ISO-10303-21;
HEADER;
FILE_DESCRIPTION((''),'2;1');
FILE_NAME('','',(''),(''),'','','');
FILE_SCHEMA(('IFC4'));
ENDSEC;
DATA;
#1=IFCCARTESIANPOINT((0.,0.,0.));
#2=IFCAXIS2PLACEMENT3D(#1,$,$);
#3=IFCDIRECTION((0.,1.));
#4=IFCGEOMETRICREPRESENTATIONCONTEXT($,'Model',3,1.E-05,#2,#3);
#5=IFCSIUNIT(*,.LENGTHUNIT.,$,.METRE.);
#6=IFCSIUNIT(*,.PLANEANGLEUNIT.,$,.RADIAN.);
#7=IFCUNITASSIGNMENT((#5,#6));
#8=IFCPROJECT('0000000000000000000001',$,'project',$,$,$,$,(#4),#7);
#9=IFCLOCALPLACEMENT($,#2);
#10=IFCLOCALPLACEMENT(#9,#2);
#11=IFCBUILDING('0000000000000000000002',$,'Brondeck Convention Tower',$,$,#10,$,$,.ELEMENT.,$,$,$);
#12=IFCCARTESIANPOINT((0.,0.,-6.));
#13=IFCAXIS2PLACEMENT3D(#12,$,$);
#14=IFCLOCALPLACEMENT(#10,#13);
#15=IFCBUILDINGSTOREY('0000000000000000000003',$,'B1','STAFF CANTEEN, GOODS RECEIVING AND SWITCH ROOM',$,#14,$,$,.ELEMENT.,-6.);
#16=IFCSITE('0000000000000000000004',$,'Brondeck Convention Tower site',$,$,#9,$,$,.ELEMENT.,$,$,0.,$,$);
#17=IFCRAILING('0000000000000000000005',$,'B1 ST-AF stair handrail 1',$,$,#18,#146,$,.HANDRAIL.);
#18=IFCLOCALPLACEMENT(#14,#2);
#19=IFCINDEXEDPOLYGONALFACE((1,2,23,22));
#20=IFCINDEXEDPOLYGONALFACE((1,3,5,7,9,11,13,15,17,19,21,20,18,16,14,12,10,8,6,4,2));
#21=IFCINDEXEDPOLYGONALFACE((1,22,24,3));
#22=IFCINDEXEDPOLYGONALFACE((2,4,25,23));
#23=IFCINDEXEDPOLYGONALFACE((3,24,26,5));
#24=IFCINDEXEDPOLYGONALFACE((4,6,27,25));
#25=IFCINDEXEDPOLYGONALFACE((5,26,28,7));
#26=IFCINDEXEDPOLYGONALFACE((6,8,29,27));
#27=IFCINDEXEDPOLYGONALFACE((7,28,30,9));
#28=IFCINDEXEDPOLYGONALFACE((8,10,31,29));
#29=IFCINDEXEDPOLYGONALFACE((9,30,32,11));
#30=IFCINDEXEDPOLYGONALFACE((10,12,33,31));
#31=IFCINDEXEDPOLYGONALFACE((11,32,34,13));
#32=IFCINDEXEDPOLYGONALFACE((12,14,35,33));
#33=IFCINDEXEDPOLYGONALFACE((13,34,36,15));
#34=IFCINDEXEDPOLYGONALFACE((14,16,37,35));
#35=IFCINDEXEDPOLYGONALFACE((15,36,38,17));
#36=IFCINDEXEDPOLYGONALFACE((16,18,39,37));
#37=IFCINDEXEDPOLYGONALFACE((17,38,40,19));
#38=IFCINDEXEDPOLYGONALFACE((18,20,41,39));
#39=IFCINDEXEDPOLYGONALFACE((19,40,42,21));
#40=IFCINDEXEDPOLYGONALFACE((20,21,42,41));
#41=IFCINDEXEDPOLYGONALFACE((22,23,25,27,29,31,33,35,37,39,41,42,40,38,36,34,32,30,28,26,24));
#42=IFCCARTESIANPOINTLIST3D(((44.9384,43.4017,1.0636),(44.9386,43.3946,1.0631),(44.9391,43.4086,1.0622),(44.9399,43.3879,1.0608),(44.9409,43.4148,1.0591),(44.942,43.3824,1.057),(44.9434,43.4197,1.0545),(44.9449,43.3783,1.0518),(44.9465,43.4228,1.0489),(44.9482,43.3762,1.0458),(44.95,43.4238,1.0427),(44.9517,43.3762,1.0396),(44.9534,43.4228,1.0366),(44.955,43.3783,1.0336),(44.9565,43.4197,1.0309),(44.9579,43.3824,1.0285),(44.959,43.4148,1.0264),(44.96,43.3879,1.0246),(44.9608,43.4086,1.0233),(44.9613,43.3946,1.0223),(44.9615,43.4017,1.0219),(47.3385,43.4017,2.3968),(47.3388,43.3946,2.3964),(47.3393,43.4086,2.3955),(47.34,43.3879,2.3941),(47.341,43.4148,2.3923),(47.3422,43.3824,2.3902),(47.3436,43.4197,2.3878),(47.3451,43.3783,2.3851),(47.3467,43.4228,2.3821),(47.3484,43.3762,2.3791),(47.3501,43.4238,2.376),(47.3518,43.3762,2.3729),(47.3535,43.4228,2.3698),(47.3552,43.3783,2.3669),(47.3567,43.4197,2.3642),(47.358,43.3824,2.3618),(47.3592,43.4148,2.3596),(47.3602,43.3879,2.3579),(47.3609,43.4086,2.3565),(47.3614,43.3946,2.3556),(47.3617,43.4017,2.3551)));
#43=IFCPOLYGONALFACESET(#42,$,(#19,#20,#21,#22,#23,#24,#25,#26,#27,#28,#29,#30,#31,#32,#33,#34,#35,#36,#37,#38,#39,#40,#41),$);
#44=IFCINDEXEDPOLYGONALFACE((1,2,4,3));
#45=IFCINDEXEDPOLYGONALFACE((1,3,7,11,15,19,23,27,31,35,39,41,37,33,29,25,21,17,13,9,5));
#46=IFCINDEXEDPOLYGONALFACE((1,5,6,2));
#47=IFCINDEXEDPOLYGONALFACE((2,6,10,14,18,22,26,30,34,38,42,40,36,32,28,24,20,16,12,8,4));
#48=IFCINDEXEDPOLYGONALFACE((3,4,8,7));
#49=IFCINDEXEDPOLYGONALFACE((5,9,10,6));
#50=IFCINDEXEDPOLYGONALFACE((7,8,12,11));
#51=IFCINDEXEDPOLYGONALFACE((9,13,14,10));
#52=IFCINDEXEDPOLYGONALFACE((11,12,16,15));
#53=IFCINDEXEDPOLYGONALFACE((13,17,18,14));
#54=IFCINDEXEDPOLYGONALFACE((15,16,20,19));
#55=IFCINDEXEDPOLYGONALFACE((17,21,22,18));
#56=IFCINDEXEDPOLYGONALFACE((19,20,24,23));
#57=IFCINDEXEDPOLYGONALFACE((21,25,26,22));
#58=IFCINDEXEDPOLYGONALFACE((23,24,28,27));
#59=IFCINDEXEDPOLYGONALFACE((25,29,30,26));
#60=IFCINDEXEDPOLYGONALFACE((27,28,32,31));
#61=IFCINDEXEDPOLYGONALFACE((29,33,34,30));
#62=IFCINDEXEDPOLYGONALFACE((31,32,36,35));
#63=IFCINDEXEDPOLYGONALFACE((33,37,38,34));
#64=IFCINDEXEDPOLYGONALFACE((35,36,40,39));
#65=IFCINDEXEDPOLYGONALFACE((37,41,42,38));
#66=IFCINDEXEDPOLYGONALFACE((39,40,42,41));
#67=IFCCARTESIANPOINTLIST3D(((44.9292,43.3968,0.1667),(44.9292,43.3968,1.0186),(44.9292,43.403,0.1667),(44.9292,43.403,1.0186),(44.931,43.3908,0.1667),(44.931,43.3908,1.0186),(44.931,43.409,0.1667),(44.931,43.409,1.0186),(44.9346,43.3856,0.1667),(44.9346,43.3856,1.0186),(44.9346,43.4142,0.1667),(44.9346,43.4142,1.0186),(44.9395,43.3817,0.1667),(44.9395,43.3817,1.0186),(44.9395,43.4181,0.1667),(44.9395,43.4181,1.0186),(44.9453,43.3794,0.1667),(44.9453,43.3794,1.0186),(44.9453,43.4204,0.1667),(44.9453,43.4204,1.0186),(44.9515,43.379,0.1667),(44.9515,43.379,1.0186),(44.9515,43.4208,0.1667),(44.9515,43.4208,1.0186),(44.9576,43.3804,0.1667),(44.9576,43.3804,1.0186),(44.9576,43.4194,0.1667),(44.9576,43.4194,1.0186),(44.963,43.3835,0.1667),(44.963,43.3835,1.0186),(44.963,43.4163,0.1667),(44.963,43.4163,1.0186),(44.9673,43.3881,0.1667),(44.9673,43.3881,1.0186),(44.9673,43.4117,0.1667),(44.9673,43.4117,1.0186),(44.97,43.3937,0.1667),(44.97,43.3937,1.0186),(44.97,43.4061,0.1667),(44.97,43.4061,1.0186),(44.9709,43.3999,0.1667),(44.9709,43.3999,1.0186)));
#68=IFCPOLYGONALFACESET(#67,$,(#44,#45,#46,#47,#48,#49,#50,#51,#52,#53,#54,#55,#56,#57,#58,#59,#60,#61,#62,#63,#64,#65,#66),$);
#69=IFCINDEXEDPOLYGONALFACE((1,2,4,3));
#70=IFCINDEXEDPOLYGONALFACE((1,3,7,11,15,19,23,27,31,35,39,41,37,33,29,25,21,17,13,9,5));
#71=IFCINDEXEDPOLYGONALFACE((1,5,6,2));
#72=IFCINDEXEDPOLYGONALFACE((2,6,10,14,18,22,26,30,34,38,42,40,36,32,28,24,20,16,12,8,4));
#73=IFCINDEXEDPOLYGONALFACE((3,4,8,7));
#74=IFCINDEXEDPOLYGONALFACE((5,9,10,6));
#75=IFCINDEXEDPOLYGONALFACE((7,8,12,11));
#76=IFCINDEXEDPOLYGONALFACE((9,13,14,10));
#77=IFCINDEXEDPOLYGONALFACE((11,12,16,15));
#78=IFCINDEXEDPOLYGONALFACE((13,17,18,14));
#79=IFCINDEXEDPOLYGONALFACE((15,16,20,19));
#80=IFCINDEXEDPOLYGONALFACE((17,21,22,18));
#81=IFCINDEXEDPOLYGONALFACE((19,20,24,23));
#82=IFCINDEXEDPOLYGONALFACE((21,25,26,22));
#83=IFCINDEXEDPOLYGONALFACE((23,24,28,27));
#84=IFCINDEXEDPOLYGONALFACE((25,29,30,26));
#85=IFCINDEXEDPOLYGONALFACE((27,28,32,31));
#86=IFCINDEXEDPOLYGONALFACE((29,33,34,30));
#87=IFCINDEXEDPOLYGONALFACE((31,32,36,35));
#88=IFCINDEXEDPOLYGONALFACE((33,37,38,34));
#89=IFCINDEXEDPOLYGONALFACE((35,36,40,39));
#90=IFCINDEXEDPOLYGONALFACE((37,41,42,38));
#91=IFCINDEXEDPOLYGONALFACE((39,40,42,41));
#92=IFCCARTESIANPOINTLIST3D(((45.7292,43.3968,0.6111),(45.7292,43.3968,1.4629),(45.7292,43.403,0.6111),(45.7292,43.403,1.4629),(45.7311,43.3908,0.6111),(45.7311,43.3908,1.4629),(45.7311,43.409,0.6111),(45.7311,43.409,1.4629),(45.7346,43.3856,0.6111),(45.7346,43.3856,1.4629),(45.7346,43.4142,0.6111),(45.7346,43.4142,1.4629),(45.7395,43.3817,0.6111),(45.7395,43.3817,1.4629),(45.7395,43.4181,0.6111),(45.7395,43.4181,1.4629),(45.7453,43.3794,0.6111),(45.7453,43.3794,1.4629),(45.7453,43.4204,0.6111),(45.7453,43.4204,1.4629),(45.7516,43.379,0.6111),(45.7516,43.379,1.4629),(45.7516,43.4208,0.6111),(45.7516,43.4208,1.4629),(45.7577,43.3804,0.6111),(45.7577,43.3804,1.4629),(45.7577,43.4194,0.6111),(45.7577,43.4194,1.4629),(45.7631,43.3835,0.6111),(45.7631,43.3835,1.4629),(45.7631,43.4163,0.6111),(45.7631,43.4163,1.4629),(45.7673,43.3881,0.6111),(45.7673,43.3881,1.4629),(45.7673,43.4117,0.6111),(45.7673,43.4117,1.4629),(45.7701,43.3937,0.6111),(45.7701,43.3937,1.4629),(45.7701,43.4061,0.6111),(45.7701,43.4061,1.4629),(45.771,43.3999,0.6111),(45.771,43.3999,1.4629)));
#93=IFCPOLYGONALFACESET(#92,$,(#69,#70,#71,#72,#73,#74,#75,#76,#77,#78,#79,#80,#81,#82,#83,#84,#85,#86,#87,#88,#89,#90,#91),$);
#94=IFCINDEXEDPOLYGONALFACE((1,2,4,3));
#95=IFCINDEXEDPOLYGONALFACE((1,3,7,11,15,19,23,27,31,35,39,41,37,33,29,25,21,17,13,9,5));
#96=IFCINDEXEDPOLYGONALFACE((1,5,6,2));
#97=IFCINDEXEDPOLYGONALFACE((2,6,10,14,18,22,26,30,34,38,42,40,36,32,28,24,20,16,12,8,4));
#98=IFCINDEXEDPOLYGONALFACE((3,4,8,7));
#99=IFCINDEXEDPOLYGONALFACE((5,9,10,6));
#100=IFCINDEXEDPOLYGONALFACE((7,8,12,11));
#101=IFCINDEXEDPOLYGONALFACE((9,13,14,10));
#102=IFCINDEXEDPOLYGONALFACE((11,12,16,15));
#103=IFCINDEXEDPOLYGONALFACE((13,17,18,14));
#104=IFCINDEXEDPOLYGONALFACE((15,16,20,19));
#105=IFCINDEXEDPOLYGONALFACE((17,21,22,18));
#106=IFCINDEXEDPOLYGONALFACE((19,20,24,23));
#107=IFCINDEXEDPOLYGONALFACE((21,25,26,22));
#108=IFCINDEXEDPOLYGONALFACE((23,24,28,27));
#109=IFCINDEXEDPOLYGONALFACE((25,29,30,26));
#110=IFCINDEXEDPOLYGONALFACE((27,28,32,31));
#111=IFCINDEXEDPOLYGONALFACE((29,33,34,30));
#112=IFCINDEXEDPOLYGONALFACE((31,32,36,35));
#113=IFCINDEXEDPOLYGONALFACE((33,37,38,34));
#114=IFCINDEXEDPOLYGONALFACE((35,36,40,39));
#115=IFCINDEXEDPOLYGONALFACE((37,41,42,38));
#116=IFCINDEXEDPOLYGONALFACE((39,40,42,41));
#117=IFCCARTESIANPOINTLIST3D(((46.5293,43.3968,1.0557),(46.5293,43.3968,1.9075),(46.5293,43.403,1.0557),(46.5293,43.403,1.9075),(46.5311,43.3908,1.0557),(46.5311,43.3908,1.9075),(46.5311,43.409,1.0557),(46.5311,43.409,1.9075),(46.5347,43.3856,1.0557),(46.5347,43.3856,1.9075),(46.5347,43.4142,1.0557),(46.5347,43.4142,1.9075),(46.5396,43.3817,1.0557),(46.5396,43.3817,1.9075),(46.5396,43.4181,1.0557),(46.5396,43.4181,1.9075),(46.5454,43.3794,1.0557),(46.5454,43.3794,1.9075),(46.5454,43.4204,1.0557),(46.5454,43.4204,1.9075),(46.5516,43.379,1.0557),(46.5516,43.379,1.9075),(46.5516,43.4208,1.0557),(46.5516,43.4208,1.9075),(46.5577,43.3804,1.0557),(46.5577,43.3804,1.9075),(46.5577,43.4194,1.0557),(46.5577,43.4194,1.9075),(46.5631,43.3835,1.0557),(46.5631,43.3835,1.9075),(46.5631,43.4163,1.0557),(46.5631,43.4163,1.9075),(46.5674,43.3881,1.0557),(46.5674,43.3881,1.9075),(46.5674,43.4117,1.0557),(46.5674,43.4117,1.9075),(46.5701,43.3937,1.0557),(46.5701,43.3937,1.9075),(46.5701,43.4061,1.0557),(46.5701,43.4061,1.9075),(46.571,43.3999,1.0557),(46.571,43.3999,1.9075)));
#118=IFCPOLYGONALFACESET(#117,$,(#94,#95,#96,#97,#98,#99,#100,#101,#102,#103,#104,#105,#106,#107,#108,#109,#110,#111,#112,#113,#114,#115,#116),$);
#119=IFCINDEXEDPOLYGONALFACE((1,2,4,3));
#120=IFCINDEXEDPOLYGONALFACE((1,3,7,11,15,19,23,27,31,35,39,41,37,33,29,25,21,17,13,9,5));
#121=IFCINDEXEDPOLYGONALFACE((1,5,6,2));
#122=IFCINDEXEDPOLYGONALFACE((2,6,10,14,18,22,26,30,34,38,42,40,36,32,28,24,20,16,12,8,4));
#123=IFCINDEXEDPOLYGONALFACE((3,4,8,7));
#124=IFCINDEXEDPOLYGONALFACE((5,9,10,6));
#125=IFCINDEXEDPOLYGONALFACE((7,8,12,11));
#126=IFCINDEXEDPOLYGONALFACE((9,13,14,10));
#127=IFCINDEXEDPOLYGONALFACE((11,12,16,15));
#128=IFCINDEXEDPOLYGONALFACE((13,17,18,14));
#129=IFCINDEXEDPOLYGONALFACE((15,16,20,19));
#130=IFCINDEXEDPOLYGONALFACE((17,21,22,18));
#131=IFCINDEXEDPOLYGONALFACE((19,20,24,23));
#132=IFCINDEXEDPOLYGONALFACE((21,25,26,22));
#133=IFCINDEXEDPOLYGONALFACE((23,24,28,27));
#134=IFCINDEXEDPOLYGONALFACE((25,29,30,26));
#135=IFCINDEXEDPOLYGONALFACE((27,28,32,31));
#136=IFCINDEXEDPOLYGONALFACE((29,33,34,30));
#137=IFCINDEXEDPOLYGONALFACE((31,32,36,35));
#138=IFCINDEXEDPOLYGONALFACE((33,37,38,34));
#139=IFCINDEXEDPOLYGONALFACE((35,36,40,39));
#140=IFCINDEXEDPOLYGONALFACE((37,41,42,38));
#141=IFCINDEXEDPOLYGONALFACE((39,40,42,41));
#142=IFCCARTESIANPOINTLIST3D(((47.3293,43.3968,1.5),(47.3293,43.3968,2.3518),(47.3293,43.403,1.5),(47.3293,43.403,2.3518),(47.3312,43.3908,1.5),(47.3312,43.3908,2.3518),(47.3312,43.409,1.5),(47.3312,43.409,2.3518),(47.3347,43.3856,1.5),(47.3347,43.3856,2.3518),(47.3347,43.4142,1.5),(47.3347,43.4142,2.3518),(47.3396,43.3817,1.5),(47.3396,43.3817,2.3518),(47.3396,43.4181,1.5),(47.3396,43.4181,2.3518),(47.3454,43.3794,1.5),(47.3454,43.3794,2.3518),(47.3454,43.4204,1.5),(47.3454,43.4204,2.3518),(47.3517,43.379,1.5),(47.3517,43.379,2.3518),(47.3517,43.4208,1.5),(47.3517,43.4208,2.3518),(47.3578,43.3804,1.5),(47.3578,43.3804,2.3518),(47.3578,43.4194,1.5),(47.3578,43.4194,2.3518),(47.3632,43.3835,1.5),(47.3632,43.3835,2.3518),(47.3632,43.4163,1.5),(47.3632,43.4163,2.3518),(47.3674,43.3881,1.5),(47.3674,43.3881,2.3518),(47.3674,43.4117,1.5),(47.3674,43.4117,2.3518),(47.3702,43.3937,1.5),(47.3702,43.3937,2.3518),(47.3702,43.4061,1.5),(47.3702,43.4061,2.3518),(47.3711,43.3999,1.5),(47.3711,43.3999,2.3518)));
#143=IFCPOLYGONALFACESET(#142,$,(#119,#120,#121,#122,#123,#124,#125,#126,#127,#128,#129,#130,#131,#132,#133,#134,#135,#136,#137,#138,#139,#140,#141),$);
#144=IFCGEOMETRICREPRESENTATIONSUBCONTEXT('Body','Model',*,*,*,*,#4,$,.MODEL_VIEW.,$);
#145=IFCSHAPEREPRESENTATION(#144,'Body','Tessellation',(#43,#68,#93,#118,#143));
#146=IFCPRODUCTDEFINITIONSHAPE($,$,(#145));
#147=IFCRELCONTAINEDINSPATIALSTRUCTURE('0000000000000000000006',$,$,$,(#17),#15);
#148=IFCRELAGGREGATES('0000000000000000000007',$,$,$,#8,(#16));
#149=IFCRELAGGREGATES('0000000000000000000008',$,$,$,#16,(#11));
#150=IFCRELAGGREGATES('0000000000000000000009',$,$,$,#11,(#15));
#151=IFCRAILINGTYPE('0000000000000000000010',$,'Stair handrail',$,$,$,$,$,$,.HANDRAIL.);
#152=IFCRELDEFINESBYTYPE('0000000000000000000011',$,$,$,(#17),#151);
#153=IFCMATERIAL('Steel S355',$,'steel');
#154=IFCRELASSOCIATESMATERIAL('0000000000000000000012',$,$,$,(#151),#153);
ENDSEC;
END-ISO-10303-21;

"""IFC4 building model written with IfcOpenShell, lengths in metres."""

from ifc_helpers import new_model, si_unit, direction, frame, origin, origin_2d, place, context, subcontext, project, spatial, circle, extrude, material, type_object, element, save


model = new_model("IFC4")

# Units and contexts
model_context = context("Model", 3, precision=1e-05, world=origin(), true_north=direction((0.0, 1.0)))
body_context = subcontext(model_context, "Body", "Model", "MODEL_VIEW")
ifc_project = project(units=[si_unit("LENGTHUNIT", "METRE"), si_unit("PLANEANGLEUNIT", "RADIAN")], contexts=[model_context])

# Site, building, storey
site_placement = place(None, origin())
site = spatial("IfcSite", under=ifc_project, at=site_placement, Name="Brondeck Convention Tower site", CompositionType="ELEMENT", RefElevation=0.0)
building_placement = place(site_placement, origin())
building = spatial("IfcBuilding", under=site, at=building_placement, Name="Brondeck Convention Tower", CompositionType="ELEMENT")
storey_placement = place(building_placement, frame((0.0, 0.0, -6.0)))
storey = spatial("IfcBuildingStorey", under=building, at=storey_placement, Name="B1", Description="STAFF CANTEEN, GOODS RECEIVING AND SWITCH ROOM", CompositionType="ELEMENT", Elevation=-6.0)

# Shared definitions
ifc_material_1 = material(Name="Steel S355", Category="steel")

# Railing
railing_type_1 = type_object("IfcRailingType", Name="Stair handrail", PredefinedType="HANDRAIL", material=ifc_material_1)
for number, where, name in (
    (1, (44.95, 43.3999, 0.1667), "B1 ST-AF stair handrail 1"),
):
    element("IfcRailing", number, at=place(storey_placement, frame(where)), inside=storey, type_object=railing_type_1, Name=name, PredefinedType="HANDRAIL", context=body_context, shape_type="SweptSolid", body=[
        extrude(circle(Radius=0.0239, at=origin_2d()), frame((0.0, 0.0, 0.876), z_axis=(0.874182, 0.0, 0.485598), x_axis=(0.0, 1.0, 0.0)), (0.0, 0.0, 1.0), 2.7456),
        extrude(circle(Radius=0.021, at=origin_2d()), origin(), (0.0, 0.0, 1.0), 0.8518),
        extrude(circle(Radius=0.021, at=origin_2d()), frame((0.8, 0.0, 0.4443)), (0.0, 0.0, 1.0), 0.8518),
        extrude(circle(Radius=0.021, at=origin_2d()), frame((1.6001, 0.0, 0.8889)), (0.0, 0.0, 1.0), 0.8518),
        extrude(circle(Radius=0.021, at=origin_2d()), frame((2.4001, 0.0, 1.3333)), (0.0, 0.0, 1.0), 0.8518),
    ])

save(model, "model.ifc")
